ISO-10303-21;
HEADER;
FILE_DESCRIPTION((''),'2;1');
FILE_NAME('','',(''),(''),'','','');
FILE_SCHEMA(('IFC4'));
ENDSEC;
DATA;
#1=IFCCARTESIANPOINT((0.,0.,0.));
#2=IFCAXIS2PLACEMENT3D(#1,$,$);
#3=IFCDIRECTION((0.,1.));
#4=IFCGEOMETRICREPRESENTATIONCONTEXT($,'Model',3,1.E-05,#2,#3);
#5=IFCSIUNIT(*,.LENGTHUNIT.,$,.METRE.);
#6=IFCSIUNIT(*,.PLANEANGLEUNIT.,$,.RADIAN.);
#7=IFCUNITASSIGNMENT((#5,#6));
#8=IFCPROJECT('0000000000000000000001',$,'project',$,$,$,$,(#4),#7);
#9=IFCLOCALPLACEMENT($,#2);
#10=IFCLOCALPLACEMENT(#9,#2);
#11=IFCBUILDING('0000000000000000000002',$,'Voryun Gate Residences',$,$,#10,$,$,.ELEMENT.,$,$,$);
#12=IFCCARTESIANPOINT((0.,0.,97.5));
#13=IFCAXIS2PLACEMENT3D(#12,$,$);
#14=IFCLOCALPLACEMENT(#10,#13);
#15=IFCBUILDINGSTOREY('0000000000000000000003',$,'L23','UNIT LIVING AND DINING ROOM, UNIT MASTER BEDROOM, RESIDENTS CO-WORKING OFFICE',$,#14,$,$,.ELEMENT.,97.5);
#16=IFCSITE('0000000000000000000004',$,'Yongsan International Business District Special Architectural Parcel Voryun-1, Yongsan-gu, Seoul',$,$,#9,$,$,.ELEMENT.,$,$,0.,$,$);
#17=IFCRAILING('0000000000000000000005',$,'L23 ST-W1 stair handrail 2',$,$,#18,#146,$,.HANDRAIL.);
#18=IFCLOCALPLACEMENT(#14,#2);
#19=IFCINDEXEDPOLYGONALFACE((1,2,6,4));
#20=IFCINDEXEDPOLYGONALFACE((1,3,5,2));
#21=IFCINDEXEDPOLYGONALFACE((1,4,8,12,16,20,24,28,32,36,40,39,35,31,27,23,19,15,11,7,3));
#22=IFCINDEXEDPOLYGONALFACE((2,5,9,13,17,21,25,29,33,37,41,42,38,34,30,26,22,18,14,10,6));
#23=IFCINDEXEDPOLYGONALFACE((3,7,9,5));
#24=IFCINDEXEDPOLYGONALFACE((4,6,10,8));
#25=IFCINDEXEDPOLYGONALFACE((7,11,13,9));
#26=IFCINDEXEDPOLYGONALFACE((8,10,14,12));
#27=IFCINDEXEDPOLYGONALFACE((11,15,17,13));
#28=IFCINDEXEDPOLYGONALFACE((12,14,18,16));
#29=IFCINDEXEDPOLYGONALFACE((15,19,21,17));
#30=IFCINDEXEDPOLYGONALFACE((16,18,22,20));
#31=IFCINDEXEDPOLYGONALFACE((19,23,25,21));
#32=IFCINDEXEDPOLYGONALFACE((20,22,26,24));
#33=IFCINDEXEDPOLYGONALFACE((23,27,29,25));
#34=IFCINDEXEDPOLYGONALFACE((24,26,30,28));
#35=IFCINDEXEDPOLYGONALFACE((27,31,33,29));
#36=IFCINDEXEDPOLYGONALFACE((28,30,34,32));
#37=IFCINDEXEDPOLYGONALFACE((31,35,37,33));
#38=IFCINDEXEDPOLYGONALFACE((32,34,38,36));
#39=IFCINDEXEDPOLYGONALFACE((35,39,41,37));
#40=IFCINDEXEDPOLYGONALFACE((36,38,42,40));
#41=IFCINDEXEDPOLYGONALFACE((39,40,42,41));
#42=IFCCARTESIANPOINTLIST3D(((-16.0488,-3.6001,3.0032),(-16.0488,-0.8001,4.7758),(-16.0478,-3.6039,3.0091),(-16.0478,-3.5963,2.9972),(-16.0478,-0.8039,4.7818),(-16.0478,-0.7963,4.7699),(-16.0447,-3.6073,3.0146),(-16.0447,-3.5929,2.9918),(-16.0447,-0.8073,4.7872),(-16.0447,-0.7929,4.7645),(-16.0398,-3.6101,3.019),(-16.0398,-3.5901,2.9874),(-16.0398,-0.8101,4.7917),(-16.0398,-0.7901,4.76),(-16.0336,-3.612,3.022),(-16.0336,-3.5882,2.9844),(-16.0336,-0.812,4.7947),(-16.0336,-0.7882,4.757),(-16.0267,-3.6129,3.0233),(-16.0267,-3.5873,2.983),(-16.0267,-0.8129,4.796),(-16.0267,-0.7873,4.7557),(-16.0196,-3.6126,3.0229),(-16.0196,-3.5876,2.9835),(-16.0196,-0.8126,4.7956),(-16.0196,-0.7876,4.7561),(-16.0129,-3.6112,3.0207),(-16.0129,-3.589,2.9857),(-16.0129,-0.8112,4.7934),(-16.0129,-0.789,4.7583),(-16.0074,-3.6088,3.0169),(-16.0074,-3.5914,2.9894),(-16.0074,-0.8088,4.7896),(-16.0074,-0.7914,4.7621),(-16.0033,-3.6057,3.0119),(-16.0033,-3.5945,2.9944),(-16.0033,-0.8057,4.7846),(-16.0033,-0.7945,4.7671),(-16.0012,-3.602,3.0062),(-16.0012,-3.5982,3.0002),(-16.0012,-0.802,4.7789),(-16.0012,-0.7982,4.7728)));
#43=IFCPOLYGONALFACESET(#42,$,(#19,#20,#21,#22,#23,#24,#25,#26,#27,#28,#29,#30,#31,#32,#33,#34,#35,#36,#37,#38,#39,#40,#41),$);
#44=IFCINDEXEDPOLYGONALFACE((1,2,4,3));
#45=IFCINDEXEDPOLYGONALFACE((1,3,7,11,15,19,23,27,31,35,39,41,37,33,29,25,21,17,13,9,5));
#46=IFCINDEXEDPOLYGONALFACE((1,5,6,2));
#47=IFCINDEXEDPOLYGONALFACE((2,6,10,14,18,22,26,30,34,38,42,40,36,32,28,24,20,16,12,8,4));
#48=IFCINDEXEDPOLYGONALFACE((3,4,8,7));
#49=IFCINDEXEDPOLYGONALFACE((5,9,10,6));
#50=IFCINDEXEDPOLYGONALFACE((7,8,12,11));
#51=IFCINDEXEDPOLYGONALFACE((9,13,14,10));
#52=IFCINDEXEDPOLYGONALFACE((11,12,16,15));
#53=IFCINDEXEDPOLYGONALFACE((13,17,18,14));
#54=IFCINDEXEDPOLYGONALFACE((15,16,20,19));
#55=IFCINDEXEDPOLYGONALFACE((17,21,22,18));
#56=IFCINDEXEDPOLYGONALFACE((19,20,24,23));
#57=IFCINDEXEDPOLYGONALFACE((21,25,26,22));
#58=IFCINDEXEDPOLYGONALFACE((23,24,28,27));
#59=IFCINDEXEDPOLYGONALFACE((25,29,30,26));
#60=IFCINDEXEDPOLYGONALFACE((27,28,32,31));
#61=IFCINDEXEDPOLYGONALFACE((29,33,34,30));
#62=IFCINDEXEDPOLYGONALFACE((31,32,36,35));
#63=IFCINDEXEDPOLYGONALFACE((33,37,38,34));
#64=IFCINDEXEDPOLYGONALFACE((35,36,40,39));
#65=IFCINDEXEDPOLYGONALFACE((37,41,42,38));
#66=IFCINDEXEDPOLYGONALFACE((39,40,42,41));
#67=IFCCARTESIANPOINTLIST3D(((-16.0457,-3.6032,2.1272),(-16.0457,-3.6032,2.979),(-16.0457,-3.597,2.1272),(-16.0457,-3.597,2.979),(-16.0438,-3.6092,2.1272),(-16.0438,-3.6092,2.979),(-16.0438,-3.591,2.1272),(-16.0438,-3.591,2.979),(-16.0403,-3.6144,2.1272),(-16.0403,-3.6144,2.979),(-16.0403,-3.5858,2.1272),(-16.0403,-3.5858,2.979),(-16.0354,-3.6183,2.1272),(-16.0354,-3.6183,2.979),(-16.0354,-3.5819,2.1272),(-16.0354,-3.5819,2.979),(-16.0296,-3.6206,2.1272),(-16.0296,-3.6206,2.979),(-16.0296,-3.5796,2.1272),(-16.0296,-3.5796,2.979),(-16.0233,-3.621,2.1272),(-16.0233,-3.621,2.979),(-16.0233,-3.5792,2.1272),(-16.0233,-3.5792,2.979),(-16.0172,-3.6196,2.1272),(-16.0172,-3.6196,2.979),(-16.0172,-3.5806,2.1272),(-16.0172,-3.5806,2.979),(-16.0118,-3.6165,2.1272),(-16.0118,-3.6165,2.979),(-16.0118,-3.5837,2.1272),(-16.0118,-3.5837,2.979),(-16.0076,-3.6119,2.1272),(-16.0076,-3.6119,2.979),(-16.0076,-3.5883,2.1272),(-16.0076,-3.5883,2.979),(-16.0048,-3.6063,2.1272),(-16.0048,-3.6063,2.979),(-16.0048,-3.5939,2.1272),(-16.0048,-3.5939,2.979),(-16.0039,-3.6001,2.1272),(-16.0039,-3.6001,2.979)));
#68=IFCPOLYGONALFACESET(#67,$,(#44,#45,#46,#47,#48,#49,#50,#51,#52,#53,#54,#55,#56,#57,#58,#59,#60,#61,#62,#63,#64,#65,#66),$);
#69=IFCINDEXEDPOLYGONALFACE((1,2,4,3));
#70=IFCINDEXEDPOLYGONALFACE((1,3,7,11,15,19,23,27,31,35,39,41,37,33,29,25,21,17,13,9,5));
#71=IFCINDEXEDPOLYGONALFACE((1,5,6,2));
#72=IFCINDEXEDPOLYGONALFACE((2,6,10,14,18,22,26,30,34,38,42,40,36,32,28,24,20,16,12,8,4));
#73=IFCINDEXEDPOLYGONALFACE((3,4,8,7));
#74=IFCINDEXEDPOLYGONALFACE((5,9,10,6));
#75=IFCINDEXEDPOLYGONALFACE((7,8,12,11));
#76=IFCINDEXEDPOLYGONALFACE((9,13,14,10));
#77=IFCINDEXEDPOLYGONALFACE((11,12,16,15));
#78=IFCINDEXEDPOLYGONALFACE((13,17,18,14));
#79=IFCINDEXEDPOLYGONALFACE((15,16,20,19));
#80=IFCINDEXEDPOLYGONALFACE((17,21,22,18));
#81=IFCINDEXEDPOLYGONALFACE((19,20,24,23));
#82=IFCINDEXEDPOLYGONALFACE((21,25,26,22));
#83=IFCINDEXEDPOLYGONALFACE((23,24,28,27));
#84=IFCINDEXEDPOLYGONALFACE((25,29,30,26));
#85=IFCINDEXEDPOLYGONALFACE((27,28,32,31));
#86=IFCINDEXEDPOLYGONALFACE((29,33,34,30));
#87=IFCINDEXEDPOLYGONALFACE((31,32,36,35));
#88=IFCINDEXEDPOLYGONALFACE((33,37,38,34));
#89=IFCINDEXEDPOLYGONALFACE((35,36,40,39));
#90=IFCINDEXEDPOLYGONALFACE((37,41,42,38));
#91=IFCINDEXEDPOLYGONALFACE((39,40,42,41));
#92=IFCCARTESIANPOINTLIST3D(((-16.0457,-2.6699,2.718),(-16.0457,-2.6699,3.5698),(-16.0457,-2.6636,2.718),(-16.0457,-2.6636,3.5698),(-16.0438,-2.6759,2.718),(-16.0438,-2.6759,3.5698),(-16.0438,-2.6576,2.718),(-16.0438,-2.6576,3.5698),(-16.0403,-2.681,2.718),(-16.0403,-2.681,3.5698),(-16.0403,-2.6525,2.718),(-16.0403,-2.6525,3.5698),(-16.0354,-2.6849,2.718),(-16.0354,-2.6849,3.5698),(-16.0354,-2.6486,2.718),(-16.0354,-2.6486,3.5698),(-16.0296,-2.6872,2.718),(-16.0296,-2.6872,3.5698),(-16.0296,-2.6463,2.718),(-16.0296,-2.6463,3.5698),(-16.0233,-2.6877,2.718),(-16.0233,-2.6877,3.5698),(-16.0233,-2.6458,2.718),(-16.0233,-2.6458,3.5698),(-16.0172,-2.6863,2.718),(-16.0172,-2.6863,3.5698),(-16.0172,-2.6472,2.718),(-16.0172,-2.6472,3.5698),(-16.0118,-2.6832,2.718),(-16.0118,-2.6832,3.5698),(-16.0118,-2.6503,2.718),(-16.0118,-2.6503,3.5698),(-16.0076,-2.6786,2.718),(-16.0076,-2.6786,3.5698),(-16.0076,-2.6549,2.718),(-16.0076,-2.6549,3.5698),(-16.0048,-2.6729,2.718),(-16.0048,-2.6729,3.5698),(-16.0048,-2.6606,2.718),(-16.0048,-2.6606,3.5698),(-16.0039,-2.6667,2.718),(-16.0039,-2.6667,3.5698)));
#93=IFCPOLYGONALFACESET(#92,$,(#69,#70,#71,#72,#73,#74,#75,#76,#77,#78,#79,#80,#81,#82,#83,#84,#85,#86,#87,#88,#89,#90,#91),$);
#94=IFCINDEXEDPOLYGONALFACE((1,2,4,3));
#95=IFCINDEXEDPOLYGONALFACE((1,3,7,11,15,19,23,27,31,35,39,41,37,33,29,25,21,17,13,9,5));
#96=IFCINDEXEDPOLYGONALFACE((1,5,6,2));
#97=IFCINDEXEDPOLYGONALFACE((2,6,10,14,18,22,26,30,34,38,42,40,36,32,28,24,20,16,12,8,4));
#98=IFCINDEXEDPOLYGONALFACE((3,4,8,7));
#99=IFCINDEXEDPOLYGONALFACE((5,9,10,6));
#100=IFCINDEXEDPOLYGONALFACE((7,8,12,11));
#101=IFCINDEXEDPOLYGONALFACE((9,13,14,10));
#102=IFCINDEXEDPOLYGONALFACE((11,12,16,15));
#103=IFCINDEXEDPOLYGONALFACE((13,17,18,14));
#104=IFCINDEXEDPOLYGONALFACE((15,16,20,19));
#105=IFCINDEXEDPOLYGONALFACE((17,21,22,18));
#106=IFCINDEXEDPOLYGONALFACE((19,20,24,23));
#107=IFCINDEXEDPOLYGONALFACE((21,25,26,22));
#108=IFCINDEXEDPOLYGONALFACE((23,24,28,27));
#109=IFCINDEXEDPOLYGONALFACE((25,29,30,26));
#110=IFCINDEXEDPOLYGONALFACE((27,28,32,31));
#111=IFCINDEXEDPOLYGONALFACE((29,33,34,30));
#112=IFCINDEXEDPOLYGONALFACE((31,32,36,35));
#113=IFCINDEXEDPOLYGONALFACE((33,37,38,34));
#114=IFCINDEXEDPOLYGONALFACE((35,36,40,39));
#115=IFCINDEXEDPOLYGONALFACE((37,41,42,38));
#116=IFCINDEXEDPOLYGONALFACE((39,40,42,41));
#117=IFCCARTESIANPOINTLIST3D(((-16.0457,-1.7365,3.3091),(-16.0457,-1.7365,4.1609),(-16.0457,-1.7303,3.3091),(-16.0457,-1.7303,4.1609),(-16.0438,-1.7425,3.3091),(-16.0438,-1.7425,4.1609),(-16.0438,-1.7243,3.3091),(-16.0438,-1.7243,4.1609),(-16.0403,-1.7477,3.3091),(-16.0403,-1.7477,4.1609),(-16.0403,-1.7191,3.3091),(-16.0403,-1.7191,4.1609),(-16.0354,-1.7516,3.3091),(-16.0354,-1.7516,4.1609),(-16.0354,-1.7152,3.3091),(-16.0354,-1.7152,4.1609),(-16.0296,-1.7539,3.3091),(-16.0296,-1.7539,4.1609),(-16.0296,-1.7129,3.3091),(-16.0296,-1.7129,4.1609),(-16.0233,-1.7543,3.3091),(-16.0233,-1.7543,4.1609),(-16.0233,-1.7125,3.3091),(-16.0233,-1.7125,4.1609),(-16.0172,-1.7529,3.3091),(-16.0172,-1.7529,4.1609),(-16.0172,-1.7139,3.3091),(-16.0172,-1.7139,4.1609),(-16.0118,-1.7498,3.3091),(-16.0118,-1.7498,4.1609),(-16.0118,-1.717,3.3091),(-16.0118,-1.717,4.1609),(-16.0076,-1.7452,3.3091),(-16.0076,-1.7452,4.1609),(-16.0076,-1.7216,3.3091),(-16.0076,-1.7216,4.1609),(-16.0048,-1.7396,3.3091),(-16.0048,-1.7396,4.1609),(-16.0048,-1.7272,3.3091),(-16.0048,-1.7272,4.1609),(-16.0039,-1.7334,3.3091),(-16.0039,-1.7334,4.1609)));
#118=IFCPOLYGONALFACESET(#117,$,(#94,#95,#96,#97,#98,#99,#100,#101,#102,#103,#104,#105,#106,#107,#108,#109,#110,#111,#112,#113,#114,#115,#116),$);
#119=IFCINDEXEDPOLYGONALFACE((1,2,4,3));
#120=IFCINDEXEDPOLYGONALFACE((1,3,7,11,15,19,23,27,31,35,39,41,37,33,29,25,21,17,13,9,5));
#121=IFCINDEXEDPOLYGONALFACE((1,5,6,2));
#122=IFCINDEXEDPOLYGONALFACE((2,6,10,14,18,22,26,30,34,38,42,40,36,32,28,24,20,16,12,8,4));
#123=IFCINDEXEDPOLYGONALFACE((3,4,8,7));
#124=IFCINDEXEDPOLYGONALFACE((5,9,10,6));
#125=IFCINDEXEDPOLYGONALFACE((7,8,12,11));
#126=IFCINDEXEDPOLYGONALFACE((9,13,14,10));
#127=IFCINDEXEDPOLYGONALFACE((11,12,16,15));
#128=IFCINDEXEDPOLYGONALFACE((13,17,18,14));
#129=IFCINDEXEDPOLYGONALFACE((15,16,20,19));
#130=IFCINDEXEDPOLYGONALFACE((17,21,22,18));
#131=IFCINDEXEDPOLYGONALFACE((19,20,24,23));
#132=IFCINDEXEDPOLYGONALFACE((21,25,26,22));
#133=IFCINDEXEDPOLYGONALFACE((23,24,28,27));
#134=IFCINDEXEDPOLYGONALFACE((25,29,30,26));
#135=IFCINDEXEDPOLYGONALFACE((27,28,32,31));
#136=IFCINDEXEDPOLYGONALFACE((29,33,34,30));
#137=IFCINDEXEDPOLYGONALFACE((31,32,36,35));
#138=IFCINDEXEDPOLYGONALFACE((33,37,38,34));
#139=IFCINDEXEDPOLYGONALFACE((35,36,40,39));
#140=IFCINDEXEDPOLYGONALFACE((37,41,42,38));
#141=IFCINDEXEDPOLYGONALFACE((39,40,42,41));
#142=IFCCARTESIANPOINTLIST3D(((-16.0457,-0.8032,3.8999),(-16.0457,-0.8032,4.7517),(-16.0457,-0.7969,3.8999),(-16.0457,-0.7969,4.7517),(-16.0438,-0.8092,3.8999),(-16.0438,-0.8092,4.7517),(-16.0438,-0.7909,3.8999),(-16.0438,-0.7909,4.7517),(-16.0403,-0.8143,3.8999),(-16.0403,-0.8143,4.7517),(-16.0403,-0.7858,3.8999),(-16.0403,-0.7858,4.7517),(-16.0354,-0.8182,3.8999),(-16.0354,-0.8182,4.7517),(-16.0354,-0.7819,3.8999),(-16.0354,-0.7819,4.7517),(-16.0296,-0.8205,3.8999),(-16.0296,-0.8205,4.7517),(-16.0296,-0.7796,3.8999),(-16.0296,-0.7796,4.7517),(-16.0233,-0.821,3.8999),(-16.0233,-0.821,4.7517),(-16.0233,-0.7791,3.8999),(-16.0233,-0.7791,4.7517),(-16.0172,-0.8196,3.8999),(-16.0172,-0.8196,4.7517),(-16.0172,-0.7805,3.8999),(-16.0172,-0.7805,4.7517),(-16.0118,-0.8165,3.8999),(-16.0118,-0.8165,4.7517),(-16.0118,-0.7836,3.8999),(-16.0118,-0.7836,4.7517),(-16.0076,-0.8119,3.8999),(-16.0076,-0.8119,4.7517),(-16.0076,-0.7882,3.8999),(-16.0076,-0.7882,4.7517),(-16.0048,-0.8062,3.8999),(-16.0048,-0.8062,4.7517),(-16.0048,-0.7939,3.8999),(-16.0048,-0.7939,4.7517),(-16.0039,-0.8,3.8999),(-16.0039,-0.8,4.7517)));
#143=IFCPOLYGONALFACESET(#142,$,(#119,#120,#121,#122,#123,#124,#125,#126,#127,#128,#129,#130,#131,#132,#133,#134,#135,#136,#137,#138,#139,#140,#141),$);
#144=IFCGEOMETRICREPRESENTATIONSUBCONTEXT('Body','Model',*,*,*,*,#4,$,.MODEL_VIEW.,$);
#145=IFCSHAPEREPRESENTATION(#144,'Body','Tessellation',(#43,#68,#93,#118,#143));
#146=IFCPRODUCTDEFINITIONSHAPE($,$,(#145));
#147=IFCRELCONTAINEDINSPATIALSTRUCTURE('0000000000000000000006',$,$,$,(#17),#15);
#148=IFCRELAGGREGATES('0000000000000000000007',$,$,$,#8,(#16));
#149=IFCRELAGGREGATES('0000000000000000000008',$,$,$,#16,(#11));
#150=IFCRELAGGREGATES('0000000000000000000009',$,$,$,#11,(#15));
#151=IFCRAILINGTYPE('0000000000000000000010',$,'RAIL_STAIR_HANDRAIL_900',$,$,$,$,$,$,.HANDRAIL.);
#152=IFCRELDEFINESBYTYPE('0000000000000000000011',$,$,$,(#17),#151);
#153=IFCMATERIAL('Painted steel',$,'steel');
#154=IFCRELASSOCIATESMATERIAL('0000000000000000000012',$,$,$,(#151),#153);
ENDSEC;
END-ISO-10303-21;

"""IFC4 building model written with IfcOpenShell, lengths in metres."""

from ifc_helpers import new_model, si_unit, direction, frame, origin, origin_2d, place, context, subcontext, project, spatial, circle, extrude, material, type_object, element, save


model = new_model("IFC4")

# Units and contexts
model_context = context("Model", 3, precision=1e-05, world=origin(), true_north=direction((0.0, 1.0)))
body_context = subcontext(model_context, "Body", "Model", "MODEL_VIEW")
ifc_project = project(units=[si_unit("LENGTHUNIT", "METRE"), si_unit("PLANEANGLEUNIT", "RADIAN")], contexts=[model_context])

# Site, building, storey
site_placement = place(None, origin())
site = spatial("IfcSite", under=ifc_project, at=site_placement, Name="Yongsan International Business District Special Architectural Parcel Voryun-1, Yongsan-gu, Seoul", CompositionType="ELEMENT", RefElevation=0.0)
building_placement = place(site_placement, origin())
building = spatial("IfcBuilding", under=site, at=building_placement, Name="Voryun Gate Residences", CompositionType="ELEMENT")
storey_placement = place(building_placement, frame((0.0, 0.0, 97.5)))
storey = spatial("IfcBuildingStorey", under=building, at=storey_placement, Name="L23", Description="UNIT LIVING AND DINING ROOM, UNIT MASTER BEDROOM, RESIDENTS CO-WORKING OFFICE", CompositionType="ELEMENT", Elevation=97.5)

# Railing
ifc_material_1 = material(Name="Painted steel", Category="steel")
railing_type_1 = type_object("IfcRailingType", Name="RAIL_STAIR_HANDRAIL_900", PredefinedType="HANDRAIL", material=ifc_material_1)
railing_1_placement = place(storey_placement, frame((-16.0249, -3.6001, 2.1272)))
element("IfcRailing", 1, at=railing_1_placement, inside=storey, type_object=railing_type_1, Name="L23 ST-W1 stair handrail 2", PredefinedType="HANDRAIL", context=body_context, shape_type="SweptSolid", body=[
    extrude(circle(Radius=0.0239, at=origin_2d()), frame((0.0, 0.0, 0.876), z_axis=(0.0, 0.844909, 0.53491), x_axis=(-1.0, 0.0, 0.0)), (0.0, 0.0, 1.0), 3.314),
    extrude(circle(Radius=0.021, at=origin_2d()), origin(), (0.0, 0.0, 1.0), 0.8518),
    extrude(circle(Radius=0.021, at=origin_2d()), frame((0.0, 0.9333, 0.5908)), (0.0, 0.0, 1.0), 0.8518),
    extrude(circle(Radius=0.021, at=origin_2d()), frame((0.0, 1.8667, 1.1819)), (0.0, 0.0, 1.0), 0.8518),
    extrude(circle(Radius=0.021, at=origin_2d()), frame((0.0, 2.8, 1.7727)), (0.0, 0.0, 1.0), 0.8518),
])

save(model, "model.ifc")
